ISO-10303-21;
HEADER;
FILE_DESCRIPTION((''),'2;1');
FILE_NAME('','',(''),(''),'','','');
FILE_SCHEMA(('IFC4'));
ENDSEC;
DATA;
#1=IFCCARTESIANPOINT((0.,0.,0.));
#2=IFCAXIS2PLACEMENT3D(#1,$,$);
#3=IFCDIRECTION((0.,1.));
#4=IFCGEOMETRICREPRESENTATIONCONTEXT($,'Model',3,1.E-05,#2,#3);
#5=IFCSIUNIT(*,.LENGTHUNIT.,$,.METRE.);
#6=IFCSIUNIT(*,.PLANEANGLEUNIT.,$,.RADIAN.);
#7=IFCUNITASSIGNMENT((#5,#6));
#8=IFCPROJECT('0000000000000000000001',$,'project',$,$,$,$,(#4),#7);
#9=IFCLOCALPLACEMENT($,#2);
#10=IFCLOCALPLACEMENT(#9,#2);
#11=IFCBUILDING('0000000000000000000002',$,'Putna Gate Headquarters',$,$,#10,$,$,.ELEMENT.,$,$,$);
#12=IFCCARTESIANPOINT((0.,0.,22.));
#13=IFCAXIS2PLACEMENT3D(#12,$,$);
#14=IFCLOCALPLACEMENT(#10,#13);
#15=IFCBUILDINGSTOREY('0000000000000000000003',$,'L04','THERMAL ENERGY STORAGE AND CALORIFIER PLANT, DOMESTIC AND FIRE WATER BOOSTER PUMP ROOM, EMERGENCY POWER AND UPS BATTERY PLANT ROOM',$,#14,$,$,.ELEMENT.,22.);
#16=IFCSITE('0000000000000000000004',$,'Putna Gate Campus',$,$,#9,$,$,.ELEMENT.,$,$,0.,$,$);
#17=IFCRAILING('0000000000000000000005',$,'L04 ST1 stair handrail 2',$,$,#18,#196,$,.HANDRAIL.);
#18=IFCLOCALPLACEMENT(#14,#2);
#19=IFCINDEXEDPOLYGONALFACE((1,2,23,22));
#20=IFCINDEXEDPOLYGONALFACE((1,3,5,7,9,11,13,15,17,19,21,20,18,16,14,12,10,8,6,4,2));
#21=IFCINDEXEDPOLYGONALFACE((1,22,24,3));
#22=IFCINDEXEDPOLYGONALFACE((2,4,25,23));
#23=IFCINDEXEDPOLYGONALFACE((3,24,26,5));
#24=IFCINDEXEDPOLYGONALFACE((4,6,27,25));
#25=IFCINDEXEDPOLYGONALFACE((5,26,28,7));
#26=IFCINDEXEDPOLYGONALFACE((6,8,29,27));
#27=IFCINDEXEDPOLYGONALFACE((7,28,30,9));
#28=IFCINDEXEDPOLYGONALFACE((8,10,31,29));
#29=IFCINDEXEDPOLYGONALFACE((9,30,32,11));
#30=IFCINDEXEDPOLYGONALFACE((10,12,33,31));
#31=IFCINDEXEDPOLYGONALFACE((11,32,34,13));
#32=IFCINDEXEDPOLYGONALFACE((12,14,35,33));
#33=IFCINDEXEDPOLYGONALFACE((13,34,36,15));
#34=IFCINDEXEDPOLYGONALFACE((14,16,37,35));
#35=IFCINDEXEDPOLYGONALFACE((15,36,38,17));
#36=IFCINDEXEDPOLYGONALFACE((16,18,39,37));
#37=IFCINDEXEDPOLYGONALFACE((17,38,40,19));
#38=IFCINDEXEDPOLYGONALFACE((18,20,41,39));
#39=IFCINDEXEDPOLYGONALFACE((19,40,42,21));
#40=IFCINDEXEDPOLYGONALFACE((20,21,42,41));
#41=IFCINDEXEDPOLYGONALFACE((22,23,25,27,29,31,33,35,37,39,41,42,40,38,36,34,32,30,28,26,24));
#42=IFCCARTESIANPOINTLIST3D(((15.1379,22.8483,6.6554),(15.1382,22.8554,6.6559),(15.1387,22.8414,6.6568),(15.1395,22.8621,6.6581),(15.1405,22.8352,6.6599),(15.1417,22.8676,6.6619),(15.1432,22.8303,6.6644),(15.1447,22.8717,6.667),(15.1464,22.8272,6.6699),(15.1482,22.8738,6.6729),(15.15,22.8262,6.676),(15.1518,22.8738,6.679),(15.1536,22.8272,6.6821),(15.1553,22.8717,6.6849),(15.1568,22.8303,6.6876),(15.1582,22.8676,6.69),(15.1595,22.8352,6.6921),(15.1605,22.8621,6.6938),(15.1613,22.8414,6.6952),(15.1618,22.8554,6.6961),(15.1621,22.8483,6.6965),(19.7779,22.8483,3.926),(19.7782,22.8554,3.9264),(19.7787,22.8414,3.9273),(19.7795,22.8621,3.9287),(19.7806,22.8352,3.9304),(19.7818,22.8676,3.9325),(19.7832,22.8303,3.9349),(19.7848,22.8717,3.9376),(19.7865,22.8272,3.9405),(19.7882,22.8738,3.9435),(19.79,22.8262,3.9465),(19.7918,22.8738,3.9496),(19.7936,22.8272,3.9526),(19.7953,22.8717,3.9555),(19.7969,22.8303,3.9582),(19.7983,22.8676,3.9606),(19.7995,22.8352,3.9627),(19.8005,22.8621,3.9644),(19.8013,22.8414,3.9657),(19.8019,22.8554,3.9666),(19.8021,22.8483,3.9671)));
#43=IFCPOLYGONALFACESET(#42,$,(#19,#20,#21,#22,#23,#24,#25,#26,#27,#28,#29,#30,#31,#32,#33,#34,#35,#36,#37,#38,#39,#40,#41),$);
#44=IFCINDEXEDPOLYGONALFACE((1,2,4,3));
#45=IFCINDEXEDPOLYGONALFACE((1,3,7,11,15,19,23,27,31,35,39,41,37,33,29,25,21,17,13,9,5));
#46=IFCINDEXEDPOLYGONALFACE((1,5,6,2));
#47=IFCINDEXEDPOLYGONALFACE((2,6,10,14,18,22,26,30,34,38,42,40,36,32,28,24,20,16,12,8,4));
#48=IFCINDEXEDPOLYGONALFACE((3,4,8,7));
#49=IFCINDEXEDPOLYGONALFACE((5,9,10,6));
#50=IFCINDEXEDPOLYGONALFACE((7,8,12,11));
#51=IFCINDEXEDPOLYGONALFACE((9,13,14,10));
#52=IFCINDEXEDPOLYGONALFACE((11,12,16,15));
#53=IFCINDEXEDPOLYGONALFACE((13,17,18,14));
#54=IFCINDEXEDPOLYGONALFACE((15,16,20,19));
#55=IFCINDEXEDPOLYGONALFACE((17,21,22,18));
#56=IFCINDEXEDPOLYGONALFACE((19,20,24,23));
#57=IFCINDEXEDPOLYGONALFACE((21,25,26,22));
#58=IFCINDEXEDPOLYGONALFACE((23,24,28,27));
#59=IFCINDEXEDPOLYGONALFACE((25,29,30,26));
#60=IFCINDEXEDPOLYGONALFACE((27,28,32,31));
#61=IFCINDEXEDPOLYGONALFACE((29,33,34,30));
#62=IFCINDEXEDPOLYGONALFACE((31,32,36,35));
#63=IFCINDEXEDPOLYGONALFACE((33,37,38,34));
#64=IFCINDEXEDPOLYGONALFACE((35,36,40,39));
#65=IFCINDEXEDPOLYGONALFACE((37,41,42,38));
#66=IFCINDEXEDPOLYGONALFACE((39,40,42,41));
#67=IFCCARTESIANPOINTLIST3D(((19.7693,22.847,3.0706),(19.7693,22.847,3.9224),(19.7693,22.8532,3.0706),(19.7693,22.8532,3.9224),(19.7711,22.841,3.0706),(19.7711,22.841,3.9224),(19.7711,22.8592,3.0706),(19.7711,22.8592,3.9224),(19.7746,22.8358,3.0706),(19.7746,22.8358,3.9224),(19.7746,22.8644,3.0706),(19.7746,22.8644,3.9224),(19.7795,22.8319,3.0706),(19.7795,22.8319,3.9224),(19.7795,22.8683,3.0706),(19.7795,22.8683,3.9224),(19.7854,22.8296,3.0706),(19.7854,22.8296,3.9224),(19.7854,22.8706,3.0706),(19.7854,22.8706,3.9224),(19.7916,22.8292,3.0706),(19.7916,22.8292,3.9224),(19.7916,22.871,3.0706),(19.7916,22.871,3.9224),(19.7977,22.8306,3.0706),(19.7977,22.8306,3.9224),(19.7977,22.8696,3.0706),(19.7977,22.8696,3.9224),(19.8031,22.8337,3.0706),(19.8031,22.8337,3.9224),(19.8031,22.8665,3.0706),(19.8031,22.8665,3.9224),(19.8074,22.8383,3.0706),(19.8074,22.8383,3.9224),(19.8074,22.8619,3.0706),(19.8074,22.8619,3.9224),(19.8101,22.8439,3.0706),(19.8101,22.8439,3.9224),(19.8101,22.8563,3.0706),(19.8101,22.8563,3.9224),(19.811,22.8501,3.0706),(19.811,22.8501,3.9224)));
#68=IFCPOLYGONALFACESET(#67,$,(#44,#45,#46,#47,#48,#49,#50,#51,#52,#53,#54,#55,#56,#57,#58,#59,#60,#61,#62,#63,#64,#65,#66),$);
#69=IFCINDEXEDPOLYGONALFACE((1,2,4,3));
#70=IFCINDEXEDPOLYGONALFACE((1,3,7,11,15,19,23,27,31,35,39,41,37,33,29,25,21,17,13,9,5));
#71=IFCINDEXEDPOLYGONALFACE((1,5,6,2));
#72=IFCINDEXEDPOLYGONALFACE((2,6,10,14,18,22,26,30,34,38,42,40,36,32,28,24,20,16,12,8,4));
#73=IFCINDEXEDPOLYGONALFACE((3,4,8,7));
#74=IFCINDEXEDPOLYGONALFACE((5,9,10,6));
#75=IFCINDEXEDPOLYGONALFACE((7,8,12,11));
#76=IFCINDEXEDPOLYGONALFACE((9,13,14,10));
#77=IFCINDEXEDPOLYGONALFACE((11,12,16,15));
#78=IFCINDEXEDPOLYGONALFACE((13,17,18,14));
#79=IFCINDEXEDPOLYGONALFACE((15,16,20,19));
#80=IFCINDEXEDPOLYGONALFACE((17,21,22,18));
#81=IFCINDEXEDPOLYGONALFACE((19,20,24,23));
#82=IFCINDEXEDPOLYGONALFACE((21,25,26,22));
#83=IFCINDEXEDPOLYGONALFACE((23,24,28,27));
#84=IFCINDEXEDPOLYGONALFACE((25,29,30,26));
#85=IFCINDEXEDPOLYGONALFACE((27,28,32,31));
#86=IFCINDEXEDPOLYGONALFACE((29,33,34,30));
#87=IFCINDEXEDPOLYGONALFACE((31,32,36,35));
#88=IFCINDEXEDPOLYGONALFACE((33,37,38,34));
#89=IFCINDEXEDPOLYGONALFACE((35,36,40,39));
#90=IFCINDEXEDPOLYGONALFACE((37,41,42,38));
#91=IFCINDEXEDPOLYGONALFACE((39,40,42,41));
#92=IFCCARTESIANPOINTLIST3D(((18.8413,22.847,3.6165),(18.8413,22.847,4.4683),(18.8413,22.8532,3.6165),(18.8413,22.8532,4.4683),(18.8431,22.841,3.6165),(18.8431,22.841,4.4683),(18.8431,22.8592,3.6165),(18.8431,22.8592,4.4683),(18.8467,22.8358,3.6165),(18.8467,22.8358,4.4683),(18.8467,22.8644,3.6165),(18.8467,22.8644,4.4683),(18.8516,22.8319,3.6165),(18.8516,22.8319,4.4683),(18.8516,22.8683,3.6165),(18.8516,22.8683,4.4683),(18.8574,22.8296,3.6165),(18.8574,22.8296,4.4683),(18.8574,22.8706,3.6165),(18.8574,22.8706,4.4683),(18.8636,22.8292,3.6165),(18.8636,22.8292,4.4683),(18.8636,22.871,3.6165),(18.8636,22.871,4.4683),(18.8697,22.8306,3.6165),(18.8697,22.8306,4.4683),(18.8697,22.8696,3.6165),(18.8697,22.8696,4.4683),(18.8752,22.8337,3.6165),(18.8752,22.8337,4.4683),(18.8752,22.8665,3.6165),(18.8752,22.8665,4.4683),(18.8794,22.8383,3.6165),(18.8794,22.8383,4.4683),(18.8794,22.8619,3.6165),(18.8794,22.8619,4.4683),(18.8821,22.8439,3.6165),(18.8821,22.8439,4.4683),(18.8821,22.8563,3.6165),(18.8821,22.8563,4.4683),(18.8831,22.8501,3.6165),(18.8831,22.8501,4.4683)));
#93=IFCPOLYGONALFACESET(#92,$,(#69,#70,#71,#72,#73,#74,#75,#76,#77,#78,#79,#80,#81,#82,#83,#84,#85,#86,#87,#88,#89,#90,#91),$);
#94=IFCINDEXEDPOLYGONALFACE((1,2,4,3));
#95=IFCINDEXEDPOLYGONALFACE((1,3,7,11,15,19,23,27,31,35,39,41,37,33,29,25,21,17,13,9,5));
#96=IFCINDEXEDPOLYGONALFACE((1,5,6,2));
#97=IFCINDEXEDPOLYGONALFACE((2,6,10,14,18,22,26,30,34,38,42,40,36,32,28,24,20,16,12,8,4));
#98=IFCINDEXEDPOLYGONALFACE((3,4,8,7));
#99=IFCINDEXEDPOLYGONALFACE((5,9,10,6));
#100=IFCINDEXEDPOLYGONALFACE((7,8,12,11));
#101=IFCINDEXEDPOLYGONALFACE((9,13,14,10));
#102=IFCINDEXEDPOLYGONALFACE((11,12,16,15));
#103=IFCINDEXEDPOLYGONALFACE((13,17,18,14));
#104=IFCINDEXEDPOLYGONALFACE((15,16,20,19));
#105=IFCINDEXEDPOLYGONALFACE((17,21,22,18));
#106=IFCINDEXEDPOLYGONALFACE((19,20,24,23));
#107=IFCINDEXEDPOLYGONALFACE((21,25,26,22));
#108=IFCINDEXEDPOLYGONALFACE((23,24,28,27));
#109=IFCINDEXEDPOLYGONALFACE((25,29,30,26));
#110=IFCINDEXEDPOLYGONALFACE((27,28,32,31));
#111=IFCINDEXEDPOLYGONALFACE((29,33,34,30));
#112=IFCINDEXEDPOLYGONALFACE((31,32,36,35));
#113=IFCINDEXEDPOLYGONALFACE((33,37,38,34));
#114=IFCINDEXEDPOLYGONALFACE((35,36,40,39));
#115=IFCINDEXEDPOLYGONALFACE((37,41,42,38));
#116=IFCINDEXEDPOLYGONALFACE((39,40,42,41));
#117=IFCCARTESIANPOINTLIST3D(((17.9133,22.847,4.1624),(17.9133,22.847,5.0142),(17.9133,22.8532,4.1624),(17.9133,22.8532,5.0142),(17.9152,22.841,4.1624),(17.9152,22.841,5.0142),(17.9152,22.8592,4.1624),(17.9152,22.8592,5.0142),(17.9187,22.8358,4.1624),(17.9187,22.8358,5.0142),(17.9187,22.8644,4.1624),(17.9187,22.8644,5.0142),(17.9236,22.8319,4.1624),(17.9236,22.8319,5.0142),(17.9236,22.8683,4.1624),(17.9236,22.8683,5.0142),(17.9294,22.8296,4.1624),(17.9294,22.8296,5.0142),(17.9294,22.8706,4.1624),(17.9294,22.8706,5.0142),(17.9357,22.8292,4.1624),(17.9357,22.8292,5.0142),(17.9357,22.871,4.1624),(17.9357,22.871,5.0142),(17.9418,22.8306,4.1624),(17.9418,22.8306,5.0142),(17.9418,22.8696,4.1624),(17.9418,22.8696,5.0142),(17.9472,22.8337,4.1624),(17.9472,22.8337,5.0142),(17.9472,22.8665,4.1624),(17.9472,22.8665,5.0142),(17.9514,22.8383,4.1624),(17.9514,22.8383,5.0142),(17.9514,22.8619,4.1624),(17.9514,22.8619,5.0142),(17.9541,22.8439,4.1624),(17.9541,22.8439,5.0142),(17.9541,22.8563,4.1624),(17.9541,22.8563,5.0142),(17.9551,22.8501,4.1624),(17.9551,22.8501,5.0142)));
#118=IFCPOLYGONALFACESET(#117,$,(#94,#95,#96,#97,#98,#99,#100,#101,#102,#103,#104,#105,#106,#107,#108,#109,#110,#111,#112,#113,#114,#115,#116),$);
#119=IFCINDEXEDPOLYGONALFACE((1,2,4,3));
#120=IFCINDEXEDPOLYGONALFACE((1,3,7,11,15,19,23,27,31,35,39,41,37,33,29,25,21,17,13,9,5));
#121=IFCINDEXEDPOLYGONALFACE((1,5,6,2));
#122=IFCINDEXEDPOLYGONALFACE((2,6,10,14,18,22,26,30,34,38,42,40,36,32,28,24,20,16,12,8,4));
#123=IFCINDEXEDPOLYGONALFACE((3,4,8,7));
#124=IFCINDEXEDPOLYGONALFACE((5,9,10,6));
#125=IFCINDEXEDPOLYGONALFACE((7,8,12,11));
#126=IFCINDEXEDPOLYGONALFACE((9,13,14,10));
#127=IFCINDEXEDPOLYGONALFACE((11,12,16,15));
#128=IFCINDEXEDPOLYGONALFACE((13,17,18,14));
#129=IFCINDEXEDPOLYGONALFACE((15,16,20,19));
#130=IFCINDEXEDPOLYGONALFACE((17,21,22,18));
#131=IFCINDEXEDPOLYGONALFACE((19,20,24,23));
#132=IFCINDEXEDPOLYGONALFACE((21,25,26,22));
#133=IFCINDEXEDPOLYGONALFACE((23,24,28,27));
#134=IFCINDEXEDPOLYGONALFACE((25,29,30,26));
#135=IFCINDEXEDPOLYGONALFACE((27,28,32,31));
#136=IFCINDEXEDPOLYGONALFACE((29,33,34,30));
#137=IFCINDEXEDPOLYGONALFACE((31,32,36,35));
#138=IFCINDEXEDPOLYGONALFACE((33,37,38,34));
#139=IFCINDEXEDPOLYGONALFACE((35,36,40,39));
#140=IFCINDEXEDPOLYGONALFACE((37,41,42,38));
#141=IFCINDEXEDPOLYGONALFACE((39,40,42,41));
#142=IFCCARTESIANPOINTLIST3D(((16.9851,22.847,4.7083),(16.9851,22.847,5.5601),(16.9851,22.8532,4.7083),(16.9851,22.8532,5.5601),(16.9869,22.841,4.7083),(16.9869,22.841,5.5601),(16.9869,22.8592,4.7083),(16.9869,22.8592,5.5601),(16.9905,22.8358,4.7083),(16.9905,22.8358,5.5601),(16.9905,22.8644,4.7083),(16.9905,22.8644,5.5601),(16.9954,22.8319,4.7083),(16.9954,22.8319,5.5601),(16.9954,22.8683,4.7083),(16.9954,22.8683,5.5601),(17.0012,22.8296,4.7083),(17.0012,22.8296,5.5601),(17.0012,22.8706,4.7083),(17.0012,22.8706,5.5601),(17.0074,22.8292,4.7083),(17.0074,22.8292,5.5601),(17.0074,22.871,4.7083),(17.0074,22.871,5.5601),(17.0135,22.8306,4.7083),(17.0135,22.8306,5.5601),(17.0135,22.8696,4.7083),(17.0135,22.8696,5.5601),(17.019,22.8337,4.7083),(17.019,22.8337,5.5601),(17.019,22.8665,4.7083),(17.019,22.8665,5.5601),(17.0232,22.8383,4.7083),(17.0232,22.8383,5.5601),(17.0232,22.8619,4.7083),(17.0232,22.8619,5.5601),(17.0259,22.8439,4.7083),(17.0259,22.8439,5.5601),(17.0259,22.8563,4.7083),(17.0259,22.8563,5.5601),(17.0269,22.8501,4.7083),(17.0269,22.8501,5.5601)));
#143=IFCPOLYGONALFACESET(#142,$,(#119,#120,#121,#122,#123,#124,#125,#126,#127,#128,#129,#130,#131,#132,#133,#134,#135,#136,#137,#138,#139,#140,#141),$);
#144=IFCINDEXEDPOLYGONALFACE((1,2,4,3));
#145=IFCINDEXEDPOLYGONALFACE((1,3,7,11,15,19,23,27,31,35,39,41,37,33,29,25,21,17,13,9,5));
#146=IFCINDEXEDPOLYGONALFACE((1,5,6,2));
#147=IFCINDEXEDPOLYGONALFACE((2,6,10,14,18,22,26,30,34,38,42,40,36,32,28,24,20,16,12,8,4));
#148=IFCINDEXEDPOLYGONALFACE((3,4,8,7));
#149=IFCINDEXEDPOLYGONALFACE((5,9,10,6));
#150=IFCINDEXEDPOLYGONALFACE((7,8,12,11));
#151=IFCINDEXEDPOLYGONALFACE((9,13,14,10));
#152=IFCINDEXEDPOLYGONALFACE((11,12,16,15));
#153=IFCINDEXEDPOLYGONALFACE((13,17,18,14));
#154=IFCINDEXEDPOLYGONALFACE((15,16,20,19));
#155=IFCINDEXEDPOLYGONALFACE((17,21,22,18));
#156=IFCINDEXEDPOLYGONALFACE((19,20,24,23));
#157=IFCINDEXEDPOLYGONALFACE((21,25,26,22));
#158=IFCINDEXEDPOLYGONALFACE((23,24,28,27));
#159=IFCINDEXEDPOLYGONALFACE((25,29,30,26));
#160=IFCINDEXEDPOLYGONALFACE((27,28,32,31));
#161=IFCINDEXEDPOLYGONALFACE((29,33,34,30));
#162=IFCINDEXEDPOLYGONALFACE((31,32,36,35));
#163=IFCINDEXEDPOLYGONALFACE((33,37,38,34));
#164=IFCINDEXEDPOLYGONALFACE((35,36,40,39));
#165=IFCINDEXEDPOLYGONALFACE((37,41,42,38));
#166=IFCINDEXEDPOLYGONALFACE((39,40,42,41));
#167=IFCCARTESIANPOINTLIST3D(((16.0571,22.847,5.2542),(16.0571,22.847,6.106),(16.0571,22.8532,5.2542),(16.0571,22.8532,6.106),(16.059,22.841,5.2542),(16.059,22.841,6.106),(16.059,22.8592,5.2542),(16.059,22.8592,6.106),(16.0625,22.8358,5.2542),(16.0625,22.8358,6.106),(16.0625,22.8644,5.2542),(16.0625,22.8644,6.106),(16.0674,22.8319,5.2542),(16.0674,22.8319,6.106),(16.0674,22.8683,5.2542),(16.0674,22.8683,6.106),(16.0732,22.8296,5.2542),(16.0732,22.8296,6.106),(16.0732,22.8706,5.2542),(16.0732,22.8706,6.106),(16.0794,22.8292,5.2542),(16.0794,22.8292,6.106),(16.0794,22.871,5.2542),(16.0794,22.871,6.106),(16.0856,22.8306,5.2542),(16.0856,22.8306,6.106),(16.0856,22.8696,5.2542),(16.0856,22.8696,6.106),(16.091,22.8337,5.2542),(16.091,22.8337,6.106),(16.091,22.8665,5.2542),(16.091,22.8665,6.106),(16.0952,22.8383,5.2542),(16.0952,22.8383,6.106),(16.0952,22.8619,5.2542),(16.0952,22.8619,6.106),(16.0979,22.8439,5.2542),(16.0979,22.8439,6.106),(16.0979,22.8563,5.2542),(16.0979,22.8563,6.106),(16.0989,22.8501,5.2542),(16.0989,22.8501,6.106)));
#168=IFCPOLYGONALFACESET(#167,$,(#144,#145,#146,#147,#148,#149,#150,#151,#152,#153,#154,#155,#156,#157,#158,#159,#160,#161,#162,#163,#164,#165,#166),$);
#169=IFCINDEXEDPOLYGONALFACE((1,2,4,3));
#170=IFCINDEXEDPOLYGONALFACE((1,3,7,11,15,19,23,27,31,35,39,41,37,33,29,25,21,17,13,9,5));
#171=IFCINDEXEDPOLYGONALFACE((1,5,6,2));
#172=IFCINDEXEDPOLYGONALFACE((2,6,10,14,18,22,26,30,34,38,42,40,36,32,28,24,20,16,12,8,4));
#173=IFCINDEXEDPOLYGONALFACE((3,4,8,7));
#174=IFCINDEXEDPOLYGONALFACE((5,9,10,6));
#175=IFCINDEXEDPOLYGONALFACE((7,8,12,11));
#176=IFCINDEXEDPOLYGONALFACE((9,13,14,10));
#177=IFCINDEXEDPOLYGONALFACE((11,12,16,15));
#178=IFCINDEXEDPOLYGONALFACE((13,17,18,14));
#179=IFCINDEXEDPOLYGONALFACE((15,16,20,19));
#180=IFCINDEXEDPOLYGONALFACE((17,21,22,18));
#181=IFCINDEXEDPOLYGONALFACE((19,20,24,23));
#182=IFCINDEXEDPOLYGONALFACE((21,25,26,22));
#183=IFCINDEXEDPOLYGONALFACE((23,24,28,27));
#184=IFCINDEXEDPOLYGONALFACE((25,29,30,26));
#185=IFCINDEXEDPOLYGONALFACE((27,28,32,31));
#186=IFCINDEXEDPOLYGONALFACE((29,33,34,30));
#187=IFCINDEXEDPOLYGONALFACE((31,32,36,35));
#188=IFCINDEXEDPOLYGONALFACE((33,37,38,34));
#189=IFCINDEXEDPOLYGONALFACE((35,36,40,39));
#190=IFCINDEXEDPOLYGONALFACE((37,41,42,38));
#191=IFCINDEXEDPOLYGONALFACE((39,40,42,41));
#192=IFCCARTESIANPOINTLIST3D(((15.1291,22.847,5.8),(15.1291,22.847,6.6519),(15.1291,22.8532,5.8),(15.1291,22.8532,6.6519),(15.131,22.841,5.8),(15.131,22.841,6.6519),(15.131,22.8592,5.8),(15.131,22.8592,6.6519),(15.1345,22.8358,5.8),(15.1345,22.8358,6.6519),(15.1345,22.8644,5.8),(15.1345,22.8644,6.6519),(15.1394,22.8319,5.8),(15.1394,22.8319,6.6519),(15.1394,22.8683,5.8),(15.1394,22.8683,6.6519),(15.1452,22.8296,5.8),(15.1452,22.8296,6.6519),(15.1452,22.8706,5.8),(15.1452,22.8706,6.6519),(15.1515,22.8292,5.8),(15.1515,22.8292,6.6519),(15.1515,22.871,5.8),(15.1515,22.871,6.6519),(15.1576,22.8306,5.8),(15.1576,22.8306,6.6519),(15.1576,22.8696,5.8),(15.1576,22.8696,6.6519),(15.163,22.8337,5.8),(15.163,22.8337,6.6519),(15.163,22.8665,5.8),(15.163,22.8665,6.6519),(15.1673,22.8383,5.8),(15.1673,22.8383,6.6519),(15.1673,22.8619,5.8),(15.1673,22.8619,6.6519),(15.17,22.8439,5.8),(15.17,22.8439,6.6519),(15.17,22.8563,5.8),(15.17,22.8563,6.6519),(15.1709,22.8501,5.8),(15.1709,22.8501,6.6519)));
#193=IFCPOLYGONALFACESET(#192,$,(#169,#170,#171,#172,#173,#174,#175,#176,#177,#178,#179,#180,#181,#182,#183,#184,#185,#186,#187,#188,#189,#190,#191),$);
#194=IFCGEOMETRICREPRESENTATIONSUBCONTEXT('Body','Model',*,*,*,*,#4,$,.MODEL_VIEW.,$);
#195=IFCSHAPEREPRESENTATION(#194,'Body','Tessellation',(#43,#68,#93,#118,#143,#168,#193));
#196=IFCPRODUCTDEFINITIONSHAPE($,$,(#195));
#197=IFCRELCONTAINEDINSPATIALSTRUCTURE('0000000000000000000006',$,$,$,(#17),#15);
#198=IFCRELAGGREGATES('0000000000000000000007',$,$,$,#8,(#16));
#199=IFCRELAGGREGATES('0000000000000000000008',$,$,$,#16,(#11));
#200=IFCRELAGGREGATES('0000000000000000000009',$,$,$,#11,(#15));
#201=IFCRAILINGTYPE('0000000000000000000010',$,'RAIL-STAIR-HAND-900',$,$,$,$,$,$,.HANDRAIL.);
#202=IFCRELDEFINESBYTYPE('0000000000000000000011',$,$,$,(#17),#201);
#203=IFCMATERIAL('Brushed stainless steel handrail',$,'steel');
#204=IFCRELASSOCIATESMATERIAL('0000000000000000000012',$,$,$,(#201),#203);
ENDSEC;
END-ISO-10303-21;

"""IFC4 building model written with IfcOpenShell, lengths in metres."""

from ifc_helpers import new_model, si_unit, direction, frame, origin, origin_2d, place, context, subcontext, project, spatial, circle, extrude, material, type_object, element, save


model = new_model("IFC4")

# Units and contexts
model_context = context("Model", 3, precision=1e-05, world=origin(), true_north=direction((0.0, 1.0)))
body_context = subcontext(model_context, "Body", "Model", "MODEL_VIEW")
ifc_project = project(units=[si_unit("LENGTHUNIT", "METRE"), si_unit("PLANEANGLEUNIT", "RADIAN")], contexts=[model_context])

# Site, building, storey
site_placement = place(None, origin())
site = spatial("IfcSite", under=ifc_project, at=site_placement, Name="Putna Gate Campus", CompositionType="ELEMENT", RefElevation=0.0)
building_placement = place(site_placement, origin())
building = spatial("IfcBuilding", under=site, at=building_placement, Name="Putna Gate Headquarters", CompositionType="ELEMENT")
storey_placement = place(building_placement, frame((0.0, 0.0, 22.0)))
storey = spatial("IfcBuildingStorey", under=building, at=storey_placement, Name="L04", Description="THERMAL ENERGY STORAGE AND CALORIFIER PLANT, DOMESTIC AND FIRE WATER BOOSTER PUMP ROOM, EMERGENCY POWER AND UPS BATTERY PLANT ROOM", CompositionType="ELEMENT", Elevation=22.0)

# Railing
ifc_material_1 = material(Name="Brushed stainless steel handrail", Category="steel")
railing_type = type_object("IfcRailingType", Name="RAIL-STAIR-HAND-900", PredefinedType="HANDRAIL", material=ifc_material_1)
railing_placement = place(storey_placement, frame((19.79, 22.8501, 3.0706)))
element("IfcRailing", 1, at=railing_placement, inside=storey, type_object=railing_type, Name="L04 ST1 stair handrail 2", PredefinedType="HANDRAIL", context=body_context, shape_type="SweptSolid", body=[
    extrude(circle(Radius=0.0239, at=origin_2d()), frame((0.0, 0.0, 0.876), z_axis=(-0.861934, 0.0, 0.50702), x_axis=(0.0, -1.0, 0.0)), (0.0, 0.0, 1.0), 5.3833),
    extrude(circle(Radius=0.021, at=origin_2d()), origin(), (0.0, 0.0, 1.0), 0.8518),
    extrude(circle(Radius=0.021, at=origin_2d()), frame((-0.928, 0.0, 0.5459)), (0.0, 0.0, 1.0), 0.8518),
    extrude(circle(Radius=0.021, at=origin_2d()), frame((-1.856, 0.0, 1.0918)), (0.0, 0.0, 1.0), 0.8518),
    extrude(circle(Radius=0.021, at=origin_2d()), frame((-2.7842, 0.0, 1.6377)), (0.0, 0.0, 1.0), 0.8518),
    extrude(circle(Radius=0.021, at=origin_2d()), frame((-3.7122, 0.0, 2.1836)), (0.0, 0.0, 1.0), 0.8518),
    extrude(circle(Radius=0.021, at=origin_2d()), frame((-4.6401, 0.0, 2.7295)), (0.0, 0.0, 1.0), 0.8518),
])

save(model, "model.ifc")
